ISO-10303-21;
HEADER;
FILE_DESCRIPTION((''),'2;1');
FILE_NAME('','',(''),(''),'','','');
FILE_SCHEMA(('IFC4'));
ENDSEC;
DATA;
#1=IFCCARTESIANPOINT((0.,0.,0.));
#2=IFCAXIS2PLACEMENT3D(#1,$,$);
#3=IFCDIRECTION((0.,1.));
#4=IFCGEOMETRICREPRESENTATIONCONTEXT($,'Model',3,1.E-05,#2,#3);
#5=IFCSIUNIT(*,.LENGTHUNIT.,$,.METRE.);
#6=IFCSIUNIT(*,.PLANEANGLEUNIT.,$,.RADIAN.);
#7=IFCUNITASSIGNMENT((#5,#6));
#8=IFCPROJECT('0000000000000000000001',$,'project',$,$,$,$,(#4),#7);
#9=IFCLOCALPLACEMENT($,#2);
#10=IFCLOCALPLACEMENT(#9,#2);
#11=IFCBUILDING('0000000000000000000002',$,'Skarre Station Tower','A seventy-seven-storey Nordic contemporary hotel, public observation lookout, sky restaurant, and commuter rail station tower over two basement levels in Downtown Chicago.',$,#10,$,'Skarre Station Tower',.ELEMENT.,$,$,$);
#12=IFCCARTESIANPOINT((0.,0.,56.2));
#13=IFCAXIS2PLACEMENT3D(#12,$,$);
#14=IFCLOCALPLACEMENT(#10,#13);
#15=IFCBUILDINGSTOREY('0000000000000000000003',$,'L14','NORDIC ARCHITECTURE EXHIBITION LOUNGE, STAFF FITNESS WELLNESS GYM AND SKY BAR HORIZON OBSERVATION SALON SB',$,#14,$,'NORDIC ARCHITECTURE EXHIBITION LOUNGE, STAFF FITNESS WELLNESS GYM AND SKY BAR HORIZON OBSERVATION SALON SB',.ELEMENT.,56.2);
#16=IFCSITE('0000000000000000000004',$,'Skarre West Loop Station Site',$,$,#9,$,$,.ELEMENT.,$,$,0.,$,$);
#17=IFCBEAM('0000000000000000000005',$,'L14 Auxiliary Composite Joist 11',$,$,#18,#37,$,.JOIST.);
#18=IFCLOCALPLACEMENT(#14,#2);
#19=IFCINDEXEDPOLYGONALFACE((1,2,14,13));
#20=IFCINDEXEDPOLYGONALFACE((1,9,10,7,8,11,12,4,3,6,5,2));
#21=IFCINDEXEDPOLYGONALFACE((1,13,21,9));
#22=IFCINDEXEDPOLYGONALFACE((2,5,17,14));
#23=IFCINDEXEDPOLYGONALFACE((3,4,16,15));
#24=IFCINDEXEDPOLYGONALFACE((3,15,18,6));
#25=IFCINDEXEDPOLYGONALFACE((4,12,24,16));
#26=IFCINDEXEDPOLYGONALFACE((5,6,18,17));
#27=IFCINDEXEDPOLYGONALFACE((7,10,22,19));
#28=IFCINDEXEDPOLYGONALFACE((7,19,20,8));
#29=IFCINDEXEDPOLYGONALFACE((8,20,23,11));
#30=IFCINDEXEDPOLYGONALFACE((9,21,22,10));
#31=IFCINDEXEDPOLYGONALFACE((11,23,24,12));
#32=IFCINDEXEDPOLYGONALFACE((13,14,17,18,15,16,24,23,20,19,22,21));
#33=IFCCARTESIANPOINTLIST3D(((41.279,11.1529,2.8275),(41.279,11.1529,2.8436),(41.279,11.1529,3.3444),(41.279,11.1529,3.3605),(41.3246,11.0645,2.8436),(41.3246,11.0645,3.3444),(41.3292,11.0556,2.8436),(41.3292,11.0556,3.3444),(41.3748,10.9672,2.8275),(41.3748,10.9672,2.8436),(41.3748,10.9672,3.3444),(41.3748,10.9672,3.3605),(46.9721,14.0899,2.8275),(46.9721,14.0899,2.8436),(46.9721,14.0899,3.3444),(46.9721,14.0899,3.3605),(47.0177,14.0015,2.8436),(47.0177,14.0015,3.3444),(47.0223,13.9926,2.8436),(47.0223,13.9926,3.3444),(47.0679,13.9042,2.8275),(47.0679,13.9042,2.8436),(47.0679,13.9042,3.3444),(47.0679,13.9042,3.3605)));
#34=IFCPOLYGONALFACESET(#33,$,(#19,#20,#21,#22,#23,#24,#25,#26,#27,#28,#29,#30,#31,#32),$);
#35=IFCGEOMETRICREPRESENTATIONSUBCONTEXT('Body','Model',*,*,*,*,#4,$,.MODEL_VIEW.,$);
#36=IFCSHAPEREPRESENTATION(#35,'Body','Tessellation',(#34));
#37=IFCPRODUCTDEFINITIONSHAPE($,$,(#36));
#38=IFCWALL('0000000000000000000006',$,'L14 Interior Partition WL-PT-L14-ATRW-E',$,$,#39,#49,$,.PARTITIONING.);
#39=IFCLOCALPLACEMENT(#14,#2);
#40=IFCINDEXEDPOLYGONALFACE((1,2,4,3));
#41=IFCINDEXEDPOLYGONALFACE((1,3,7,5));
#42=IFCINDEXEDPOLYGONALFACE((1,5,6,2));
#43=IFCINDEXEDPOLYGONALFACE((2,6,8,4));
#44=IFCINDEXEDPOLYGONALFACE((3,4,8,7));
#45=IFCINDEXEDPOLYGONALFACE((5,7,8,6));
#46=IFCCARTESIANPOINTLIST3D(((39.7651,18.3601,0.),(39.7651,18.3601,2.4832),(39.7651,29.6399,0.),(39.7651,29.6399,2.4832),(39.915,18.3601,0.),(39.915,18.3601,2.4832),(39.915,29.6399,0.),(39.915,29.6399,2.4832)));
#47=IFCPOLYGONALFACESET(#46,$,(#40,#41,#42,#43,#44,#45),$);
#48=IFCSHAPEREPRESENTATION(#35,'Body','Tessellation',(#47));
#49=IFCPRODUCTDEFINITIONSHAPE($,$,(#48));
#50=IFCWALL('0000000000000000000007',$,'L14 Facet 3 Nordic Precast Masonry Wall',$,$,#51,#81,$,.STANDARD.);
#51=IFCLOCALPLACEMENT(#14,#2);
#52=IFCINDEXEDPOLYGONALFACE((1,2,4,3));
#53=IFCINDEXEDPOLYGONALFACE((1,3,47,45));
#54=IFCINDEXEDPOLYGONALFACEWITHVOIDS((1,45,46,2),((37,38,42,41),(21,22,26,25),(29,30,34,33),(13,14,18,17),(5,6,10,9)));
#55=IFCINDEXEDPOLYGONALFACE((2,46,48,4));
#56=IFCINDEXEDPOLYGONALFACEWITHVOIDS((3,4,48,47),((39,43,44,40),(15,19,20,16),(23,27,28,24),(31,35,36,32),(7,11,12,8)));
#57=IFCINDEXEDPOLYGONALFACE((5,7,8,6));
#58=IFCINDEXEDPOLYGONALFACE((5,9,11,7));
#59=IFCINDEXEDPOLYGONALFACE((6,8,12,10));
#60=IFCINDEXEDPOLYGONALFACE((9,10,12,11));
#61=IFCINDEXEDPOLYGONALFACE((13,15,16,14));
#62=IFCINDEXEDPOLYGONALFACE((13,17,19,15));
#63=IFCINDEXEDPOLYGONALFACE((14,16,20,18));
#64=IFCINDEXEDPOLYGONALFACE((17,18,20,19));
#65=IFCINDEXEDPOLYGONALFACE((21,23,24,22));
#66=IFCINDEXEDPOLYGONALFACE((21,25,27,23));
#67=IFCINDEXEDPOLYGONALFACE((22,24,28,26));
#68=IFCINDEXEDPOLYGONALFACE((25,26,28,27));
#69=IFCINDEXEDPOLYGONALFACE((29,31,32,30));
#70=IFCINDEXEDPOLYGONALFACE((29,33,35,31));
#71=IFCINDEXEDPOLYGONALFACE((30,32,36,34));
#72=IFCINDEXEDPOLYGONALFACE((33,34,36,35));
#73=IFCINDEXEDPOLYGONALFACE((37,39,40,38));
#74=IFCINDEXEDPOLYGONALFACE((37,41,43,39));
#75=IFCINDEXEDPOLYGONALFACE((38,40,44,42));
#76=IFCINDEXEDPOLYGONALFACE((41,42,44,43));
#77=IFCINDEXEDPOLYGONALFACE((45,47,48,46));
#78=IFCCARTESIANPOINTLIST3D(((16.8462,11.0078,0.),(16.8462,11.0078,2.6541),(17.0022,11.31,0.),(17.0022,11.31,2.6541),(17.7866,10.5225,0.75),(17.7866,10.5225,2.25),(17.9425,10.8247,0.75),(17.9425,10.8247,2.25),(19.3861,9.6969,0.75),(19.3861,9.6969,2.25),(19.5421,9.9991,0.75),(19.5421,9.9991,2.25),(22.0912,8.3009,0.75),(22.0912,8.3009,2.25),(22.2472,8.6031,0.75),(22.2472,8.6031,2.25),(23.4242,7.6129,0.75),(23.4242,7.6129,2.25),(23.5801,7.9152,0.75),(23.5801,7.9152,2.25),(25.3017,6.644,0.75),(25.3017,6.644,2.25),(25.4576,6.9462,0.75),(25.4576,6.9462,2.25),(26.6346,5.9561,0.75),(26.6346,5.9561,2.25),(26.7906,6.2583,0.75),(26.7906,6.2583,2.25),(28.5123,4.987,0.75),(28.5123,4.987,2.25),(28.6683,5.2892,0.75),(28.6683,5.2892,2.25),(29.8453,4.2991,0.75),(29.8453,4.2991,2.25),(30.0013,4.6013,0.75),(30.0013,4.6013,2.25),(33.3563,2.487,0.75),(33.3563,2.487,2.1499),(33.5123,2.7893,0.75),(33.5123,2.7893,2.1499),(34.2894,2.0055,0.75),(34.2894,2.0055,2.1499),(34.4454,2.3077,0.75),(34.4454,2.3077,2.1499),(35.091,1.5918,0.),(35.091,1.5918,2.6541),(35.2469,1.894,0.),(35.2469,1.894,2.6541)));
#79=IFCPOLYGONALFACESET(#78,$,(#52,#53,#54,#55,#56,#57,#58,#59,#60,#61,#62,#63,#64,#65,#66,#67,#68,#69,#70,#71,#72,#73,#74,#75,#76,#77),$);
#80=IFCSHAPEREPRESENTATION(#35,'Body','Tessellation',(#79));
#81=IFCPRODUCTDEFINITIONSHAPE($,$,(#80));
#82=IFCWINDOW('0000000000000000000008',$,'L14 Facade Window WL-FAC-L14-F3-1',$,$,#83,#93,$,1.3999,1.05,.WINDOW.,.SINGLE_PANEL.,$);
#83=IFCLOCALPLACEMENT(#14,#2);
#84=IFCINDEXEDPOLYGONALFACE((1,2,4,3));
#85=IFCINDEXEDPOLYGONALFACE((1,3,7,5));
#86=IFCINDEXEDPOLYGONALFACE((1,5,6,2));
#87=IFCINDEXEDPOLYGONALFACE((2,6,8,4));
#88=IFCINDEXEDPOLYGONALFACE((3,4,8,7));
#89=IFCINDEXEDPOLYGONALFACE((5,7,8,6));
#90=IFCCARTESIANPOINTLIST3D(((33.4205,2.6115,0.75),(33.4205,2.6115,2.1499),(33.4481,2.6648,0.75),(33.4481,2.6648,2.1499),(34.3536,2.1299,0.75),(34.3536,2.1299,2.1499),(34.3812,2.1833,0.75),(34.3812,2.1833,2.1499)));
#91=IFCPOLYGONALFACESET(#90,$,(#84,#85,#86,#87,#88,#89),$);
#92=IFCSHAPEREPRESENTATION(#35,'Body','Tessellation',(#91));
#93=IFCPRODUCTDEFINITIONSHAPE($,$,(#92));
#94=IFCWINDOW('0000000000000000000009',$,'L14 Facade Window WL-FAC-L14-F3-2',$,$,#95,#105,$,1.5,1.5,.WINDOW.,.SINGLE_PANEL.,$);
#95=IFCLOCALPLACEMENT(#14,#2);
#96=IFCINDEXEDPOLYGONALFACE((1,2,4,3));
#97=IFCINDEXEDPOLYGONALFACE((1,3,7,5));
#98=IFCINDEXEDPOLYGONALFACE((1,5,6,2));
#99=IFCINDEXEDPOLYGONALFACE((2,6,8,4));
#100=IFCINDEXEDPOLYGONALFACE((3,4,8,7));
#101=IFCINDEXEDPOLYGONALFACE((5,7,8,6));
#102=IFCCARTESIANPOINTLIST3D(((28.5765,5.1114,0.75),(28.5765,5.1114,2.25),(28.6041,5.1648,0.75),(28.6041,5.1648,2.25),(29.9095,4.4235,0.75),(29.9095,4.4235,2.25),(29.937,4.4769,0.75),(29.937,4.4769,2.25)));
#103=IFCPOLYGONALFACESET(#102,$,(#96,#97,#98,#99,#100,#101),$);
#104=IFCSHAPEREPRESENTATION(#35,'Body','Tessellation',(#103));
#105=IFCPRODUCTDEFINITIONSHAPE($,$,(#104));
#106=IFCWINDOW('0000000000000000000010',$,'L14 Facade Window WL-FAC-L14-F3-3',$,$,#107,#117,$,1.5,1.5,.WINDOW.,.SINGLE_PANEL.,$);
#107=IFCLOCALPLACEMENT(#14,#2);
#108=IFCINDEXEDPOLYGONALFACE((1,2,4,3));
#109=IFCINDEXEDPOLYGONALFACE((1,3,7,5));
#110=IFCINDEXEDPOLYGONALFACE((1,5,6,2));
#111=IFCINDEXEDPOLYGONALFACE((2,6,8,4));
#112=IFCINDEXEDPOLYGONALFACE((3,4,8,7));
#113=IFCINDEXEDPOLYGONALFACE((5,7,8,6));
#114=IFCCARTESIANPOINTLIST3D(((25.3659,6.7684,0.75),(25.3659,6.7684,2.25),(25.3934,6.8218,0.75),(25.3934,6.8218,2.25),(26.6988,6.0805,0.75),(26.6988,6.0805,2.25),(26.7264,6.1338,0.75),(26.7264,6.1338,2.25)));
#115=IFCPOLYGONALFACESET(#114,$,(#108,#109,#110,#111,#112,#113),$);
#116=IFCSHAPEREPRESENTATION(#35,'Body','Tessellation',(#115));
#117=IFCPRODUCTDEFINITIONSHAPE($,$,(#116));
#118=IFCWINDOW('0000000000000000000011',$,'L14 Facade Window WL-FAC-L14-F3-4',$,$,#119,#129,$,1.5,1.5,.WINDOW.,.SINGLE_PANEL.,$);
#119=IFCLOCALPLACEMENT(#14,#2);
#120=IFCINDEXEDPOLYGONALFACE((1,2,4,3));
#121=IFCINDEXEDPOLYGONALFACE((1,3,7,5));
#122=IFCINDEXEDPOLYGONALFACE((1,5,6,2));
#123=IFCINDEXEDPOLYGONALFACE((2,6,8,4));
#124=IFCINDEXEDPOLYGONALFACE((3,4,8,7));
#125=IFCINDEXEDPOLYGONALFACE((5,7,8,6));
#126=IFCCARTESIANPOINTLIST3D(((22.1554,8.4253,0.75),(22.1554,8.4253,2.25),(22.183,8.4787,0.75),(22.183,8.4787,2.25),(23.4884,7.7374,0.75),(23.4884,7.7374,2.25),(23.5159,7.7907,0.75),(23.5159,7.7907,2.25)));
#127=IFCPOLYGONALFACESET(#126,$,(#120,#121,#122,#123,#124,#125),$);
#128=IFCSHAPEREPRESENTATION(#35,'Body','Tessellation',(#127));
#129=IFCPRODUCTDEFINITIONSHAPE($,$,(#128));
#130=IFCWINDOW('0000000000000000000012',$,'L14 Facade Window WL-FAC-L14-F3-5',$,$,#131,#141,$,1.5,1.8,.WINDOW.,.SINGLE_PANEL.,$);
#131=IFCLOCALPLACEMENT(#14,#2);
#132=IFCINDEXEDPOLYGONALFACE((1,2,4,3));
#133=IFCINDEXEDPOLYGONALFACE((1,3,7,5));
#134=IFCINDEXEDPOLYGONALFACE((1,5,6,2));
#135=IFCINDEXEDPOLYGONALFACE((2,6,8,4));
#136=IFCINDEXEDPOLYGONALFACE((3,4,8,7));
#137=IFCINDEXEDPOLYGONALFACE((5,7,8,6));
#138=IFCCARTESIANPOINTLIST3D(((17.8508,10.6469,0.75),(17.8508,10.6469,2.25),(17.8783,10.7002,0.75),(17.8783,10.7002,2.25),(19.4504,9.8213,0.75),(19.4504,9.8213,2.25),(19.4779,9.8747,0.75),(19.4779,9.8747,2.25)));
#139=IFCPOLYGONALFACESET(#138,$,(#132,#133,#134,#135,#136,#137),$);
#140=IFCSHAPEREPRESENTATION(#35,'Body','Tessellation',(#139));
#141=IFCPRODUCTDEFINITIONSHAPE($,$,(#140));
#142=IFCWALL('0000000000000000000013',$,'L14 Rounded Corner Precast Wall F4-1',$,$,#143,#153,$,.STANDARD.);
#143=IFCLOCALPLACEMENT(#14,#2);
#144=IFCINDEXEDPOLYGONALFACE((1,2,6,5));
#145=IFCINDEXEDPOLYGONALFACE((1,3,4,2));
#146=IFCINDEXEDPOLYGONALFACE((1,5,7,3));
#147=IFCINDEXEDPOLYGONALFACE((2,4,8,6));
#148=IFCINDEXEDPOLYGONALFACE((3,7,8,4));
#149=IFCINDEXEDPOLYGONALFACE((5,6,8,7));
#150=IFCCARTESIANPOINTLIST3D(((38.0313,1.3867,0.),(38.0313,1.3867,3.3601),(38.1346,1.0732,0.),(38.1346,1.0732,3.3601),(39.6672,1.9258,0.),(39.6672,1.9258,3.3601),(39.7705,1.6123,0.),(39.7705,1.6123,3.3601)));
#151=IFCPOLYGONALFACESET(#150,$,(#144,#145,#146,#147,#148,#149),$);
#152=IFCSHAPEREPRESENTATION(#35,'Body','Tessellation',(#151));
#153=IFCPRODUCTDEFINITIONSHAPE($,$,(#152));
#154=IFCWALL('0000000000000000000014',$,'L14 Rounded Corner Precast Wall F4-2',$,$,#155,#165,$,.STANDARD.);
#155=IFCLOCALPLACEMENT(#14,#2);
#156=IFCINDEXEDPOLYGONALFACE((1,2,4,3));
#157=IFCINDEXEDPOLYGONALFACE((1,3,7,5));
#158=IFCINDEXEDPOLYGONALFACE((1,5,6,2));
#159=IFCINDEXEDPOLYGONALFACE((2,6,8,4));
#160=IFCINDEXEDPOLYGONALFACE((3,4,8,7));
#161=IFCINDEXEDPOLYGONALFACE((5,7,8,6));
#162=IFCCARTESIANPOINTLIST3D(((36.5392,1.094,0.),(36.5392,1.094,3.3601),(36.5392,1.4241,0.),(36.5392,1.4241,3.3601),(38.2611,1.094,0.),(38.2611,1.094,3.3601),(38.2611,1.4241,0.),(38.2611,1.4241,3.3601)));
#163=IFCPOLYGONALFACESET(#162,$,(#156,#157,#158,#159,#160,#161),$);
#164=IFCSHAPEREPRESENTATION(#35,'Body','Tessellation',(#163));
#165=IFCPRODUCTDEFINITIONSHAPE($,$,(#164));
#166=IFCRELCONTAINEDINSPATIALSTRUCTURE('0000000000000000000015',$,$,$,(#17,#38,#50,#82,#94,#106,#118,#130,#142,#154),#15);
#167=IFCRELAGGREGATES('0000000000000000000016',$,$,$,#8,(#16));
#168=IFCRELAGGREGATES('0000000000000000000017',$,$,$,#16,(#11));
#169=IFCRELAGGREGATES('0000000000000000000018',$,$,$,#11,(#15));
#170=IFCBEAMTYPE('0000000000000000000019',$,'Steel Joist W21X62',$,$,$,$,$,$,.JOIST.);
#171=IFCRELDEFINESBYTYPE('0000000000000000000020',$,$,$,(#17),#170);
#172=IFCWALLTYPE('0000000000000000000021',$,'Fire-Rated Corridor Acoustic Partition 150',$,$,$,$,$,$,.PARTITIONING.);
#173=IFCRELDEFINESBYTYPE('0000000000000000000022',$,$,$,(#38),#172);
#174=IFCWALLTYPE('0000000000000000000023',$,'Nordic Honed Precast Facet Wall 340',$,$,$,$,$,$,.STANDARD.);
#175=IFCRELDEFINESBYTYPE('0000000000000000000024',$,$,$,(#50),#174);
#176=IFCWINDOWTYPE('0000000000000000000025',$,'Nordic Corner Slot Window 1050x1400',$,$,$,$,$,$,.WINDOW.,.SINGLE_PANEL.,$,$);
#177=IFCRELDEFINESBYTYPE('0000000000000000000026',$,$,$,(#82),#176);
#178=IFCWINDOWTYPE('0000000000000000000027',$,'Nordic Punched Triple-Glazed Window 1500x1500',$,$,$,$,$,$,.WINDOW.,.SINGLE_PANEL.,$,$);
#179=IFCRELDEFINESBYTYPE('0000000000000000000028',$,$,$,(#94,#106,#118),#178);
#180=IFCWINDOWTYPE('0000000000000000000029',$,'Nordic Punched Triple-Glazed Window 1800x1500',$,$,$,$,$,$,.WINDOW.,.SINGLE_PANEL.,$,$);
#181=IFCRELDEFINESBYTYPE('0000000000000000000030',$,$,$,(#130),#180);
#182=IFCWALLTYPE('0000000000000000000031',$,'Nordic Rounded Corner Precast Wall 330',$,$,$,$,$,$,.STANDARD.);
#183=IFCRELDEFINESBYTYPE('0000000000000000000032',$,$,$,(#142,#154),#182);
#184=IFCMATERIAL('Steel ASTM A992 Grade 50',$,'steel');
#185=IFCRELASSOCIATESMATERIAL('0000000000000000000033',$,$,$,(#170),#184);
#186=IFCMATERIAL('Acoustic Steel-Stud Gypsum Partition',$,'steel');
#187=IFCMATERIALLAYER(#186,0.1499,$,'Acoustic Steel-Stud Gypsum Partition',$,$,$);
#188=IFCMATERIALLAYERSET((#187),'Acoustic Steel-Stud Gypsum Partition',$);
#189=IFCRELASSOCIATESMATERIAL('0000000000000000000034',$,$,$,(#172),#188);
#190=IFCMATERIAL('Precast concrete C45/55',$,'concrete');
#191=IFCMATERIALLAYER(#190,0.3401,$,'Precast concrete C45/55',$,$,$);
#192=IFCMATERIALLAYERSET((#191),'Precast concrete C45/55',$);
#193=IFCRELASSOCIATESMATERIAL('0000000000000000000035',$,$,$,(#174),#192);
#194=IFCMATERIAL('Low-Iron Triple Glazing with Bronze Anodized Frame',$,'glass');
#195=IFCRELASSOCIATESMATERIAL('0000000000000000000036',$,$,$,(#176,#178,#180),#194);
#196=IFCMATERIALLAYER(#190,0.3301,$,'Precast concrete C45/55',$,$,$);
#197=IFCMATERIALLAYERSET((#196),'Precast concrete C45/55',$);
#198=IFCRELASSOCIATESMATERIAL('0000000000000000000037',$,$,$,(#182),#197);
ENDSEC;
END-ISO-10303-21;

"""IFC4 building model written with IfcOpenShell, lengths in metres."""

from ifc_helpers import new_model, si_unit, direction, frame, frame_2d, origin, origin_2d, place, context, subcontext, project, spatial, rectangle, i_section, extrude, material, layer, layer_set, material_profile, profile_set, type_object, element, fill, save


model = new_model("IFC4")

# Units and contexts
model_context = context("Model", 3, precision=1e-05, world=origin(), true_north=direction((0.0, 1.0)))
body_context = subcontext(model_context, "Body", "Model", "MODEL_VIEW")
ifc_project = project(units=[si_unit("LENGTHUNIT", "METRE"), si_unit("PLANEANGLEUNIT", "RADIAN")], contexts=[model_context])

# Site, building, storey
site_placement = place(None, origin())
site = spatial("IfcSite", under=ifc_project, at=site_placement, Name="Skarre West Loop Station Site", CompositionType="ELEMENT", RefElevation=0.0)
building_placement = place(site_placement, origin())
building = spatial("IfcBuilding", under=site, at=building_placement, Name="Skarre Station Tower", Description="A seventy-seven-storey Nordic contemporary hotel, public observation lookout, sky restaurant, and commuter rail station tower over two basement levels in Downtown Chicago.", LongName="Skarre Station Tower", CompositionType="ELEMENT")
storey_placement = place(building_placement, frame((0.0, 0.0, 56.2)))
storey = spatial("IfcBuildingStorey", under=building, at=storey_placement, Name="L14", Description="NORDIC ARCHITECTURE EXHIBITION LOUNGE, STAFF FITNESS WELLNESS GYM AND SKY BAR HORIZON OBSERVATION SALON SB", LongName="NORDIC ARCHITECTURE EXHIBITION LOUNGE, STAFF FITNESS WELLNESS GYM AND SKY BAR HORIZON OBSERVATION SALON SB", CompositionType="ELEMENT", Elevation=56.2)

# Beam
ifc_material_1 = material(Name="Steel ASTM A992 Grade 50", Category="steel")
ifc_material_profile_1 = material_profile(ifc_material_1, i_section(OverallWidth=0.209, OverallDepth=0.533, WebThickness=0.01, FlangeThickness=0.0161, at=origin_2d()), Name="Steel ASTM A992 Grade 50")
ifc_profile_set_1 = profile_set([ifc_material_profile_1], Name="Steel ASTM A992 Grade 50")
beam_type_1 = type_object("IfcBeamType", Name="Steel Joist W21X62", PredefinedType="JOIST", material=ifc_profile_set_1)
beam_1_placement = place(storey_placement, frame((41.3269, 11.0601, 3.094), z_axis=(0.888708, 0.458474, 0.0), x_axis=(-0.458474, 0.888708, 0.0)))
element("IfcBeam", 1, at=beam_1_placement, inside=storey, type_object=beam_type_1, Name="L14 Auxiliary Composite Joist 11", PredefinedType="JOIST", context=body_context, shape_type="SweptSolid", body=[
    extrude(i_section(OverallWidth=0.209, OverallDepth=0.533, WebThickness=0.01, FlangeThickness=0.0161, at=origin_2d()), origin(), (0.0, 0.0, 1.0), 6.406),
])

# Wall
ifc_material_2 = material(Name="Acoustic Steel-Stud Gypsum Partition", Category="steel")
ifc_layer_1 = layer(ifc_material_2, 0.1499, Name="Acoustic Steel-Stud Gypsum Partition")
ifc_layer_set_1 = layer_set([ifc_layer_1], Name="Acoustic Steel-Stud Gypsum Partition")
wall_type_1 = type_object("IfcWallType", Name="Fire-Rated Corridor Acoustic Partition 150", PredefinedType="PARTITIONING", material=ifc_layer_set_1)
wall_1_placement = place(storey_placement, frame((39.8401, 18.3601, 0.0), z_axis=(0.0, 0.0, 1.0), x_axis=(0.0, 1.0, 0.0)))
element("IfcWall", 2, at=wall_1_placement, inside=storey, type_object=wall_type_1, Name="L14 Interior Partition WL-PT-L14-ATRW-E", PredefinedType="PARTITIONING", context=body_context, shape_type="SweptSolid", body=[
    extrude(rectangle(XDim=11.2798, YDim=0.1499, at=frame_2d((5.6399, 0.0))), origin(), (0.0, 0.0, 1.0), 2.4832),
])

# Wall, openings, windows
ifc_material_3 = material(Name="Precast concrete C45/55", Category="concrete")
ifc_layer_2 = layer(ifc_material_3, 0.3401, Name="Precast concrete C45/55")
ifc_layer_set_2 = layer_set([ifc_layer_2], Name="Precast concrete C45/55")
wall_type_2 = type_object("IfcWallType", Name="Nordic Honed Precast Facet Wall 340", PredefinedType="STANDARD", material=ifc_layer_set_2)
wall_2_placement = place(storey_placement, frame((35.1689, 1.7429, 0.0), z_axis=(0.0, 0.0, 1.0), x_axis=(-0.888634, 0.458616, 0.0)))
wall_2 = element("IfcWall", 3, at=wall_2_placement, inside=storey, type_object=wall_type_2, Name="L14 Facet 3 Nordic Precast Masonry Wall", PredefinedType="STANDARD", context=body_context, shape_type="SweptSolid", body=[
    extrude(rectangle(XDim=20.5312, YDim=0.3401, at=frame_2d((10.2656, 0.0))), origin(), (0.0, 0.0, 1.0), 2.6541),
])
opening_1_placement = place(wall_2_placement, frame((0.9021, 0.0, 0.75)))
opening_1 = element("IfcOpeningElement", 4, at=opening_1_placement, cuts=wall_2, PredefinedType="OPENING", context=body_context, shape_type="SweptSolid", body=[
    extrude(rectangle(XDim=1.05, YDim=1.3999, at=frame_2d((0.5249, 0.7))), frame((0.0, 0.1799, 0.0), z_axis=(0.0, -1.0, 0.0), x_axis=(1.0, 0.0, 0.0)), (0.0, 0.0, 1.0), 0.3601),
])
opening_2_placement = place(wall_2_placement, frame((5.9031, 0.0, 0.75)))
opening_2 = element("IfcOpeningElement", 5, at=opening_2_placement, cuts=wall_2, PredefinedType="OPENING", context=body_context, shape_type="SweptSolid", body=[
    extrude(rectangle(XDim=1.5, YDim=1.5, at=frame_2d((0.75, 0.75))), frame((0.0, 0.1799, 0.0), z_axis=(0.0, -1.0, 0.0), x_axis=(1.0, 0.0, 0.0)), (0.0, 0.0, 1.0), 0.3601),
])
opening_3_placement = place(wall_2_placement, frame((9.5161, 0.0, 0.75)))
opening_3 = element("IfcOpeningElement", 6, at=opening_3_placement, cuts=wall_2, PredefinedType="OPENING", context=body_context, shape_type="SweptSolid", body=[
    extrude(rectangle(XDim=1.5, YDim=1.5, at=frame_2d((0.75, 0.75))), frame((0.0, 0.1799, 0.0), z_axis=(0.0, -1.0, 0.0), x_axis=(1.0, 0.0, 0.0)), (0.0, 0.0, 1.0), 0.3601),
])
opening_4_placement = place(wall_2_placement, frame((13.1289, 0.0, 0.75)))
opening_4 = element("IfcOpeningElement", 7, at=opening_4_placement, cuts=wall_2, PredefinedType="OPENING", context=body_context, shape_type="SweptSolid", body=[
    extrude(rectangle(XDim=1.5, YDim=1.5, at=frame_2d((0.75, 0.75))), frame((0.0, 0.1799, 0.0), z_axis=(0.0, -1.0, 0.0), x_axis=(1.0, 0.0, 0.0)), (0.0, 0.0, 1.0), 0.3601),
])
opening_5_placement = place(wall_2_placement, frame((17.6731, 0.0, 0.75)))
opening_5 = element("IfcOpeningElement", 8, at=opening_5_placement, cuts=wall_2, PredefinedType="OPENING", context=body_context, shape_type="SweptSolid", body=[
    extrude(rectangle(XDim=1.8, YDim=1.5, at=frame_2d((0.8999, 0.75))), frame((0.0, 0.1799, 0.0), z_axis=(0.0, -1.0, 0.0), x_axis=(1.0, 0.0, 0.0)), (0.0, 0.0, 1.0), 0.3601),
])
ifc_material_4 = material(Name="Low-Iron Triple Glazing with Bronze Anodized Frame", Category="glass")
window_type_1 = type_object("IfcWindowType", Name="Nordic Corner Slot Window 1050x1400", PartitioningType="SINGLE_PANEL", PredefinedType="WINDOW", material=ifc_material_4)
window_1_placement = place(opening_1_placement, origin())
window_1 = element("IfcWindow", 9, at=window_1_placement, inside=storey, type_object=window_type_1, Name="L14 Facade Window WL-FAC-L14-F3-1", OverallHeight=1.3999, OverallWidth=1.05, PartitioningType="SINGLE_PANEL", PredefinedType="WINDOW", context=body_context, shape_type="SweptSolid", body=[
    extrude(rectangle(XDim=1.05, YDim=1.3999, at=frame_2d((0.5249, 0.7))), frame((0.0, 0.03, 0.0), z_axis=(0.0, -1.0, 0.0), x_axis=(1.0, 0.0, 0.0)), (0.0, 0.0, 1.0), 0.0601),
])
fill(opening_1, window_1)
window_type_2 = type_object("IfcWindowType", Name="Nordic Punched Triple-Glazed Window 1500x1500", PartitioningType="SINGLE_PANEL", PredefinedType="WINDOW", material=ifc_material_4)
window_2_placement = place(opening_2_placement, origin())
window_2 = element("IfcWindow", 10, at=window_2_placement, inside=storey, type_object=window_type_2, Name="L14 Facade Window WL-FAC-L14-F3-2", OverallHeight=1.5, OverallWidth=1.5, PartitioningType="SINGLE_PANEL", PredefinedType="WINDOW", context=body_context, shape_type="SweptSolid", body=[
    extrude(rectangle(XDim=1.5, YDim=1.5, at=frame_2d((0.75, 0.75))), frame((0.0, 0.03, 0.0), z_axis=(0.0, -1.0, 0.0), x_axis=(1.0, 0.0, 0.0)), (0.0, 0.0, 1.0), 0.0601),
])
fill(opening_2, window_2)
window_3_placement = place(opening_3_placement, origin())
window_3 = element("IfcWindow", 11, at=window_3_placement, inside=storey, type_object=window_type_2, Name="L14 Facade Window WL-FAC-L14-F3-3", OverallHeight=1.5, OverallWidth=1.5, PartitioningType="SINGLE_PANEL", PredefinedType="WINDOW", context=body_context, shape_type="SweptSolid", body=[
    extrude(rectangle(XDim=1.5, YDim=1.5, at=frame_2d((0.75, 0.75))), frame((0.0, 0.03, 0.0), z_axis=(0.0, -1.0, 0.0), x_axis=(1.0, 0.0, 0.0)), (0.0, 0.0, 1.0), 0.0601),
])
fill(opening_3, window_3)
window_4_placement = place(opening_4_placement, origin())
window_4 = element("IfcWindow", 12, at=window_4_placement, inside=storey, type_object=window_type_2, Name="L14 Facade Window WL-FAC-L14-F3-4", OverallHeight=1.5, OverallWidth=1.5, PartitioningType="SINGLE_PANEL", PredefinedType="WINDOW", context=body_context, shape_type="SweptSolid", body=[
    extrude(rectangle(XDim=1.5, YDim=1.5, at=frame_2d((0.75, 0.75))), frame((0.0, 0.03, 0.0), z_axis=(0.0, -1.0, 0.0), x_axis=(1.0, 0.0, 0.0)), (0.0, 0.0, 1.0), 0.0601),
])
fill(opening_4, window_4)
window_type_3 = type_object("IfcWindowType", Name="Nordic Punched Triple-Glazed Window 1800x1500", PartitioningType="SINGLE_PANEL", PredefinedType="WINDOW", material=ifc_material_4)
window_5_placement = place(opening_5_placement, origin())
window_5 = element("IfcWindow", 13, at=window_5_placement, inside=storey, type_object=window_type_3, Name="L14 Facade Window WL-FAC-L14-F3-5", OverallHeight=1.5, OverallWidth=1.8, PartitioningType="SINGLE_PANEL", PredefinedType="WINDOW", context=body_context, shape_type="SweptSolid", body=[
    extrude(rectangle(XDim=1.8, YDim=1.5, at=frame_2d((0.8999, 0.75))), frame((0.0, 0.03, 0.0), z_axis=(0.0, -1.0, 0.0), x_axis=(1.0, 0.0, 0.0)), (0.0, 0.0, 1.0), 0.0601),
])
fill(opening_5, window_5)

# Walls
ifc_layer_3 = layer(ifc_material_3, 0.3301, Name="Precast concrete C45/55")
ifc_layer_set_3 = layer_set([ifc_layer_3], Name="Precast concrete C45/55")
wall_type_3 = type_object("IfcWallType", Name="Nordic Rounded Corner Precast Wall 330", PredefinedType="STANDARD", material=ifc_layer_set_3)
wall_3_placement = place(storey_placement, frame((39.719, 1.769, 0.0), z_axis=(0.0, 0.0, 1.0), x_axis=(-0.949769, -0.312952, 0.0)))
element("IfcWall", 14, at=wall_3_placement, inside=storey, type_object=wall_type_3, Name="L14 Rounded Corner Precast Wall F4-1", PredefinedType="STANDARD", context=body_context, shape_type="SweptSolid", body=[
    extrude(rectangle(XDim=1.7224, YDim=0.3301, at=frame_2d((0.8613, 0.0))), origin(), (0.0, 0.0, 1.0), 3.3601),
])
wall_4_placement = place(storey_placement, frame((38.261, 1.259, 0.0), z_axis=(0.0, 0.0, 1.0), x_axis=(-1.0, 0.0, 0.0)))
element("IfcWall", 15, at=wall_4_placement, inside=storey, type_object=wall_type_3, Name="L14 Rounded Corner Precast Wall F4-2", PredefinedType="STANDARD", context=body_context, shape_type="SweptSolid", body=[
    extrude(rectangle(XDim=1.7219, YDim=0.3301, at=frame_2d((0.8608, 0.0))), origin(), (0.0, 0.0, 1.0), 3.3601),
])

save(model, "model.ifc")
